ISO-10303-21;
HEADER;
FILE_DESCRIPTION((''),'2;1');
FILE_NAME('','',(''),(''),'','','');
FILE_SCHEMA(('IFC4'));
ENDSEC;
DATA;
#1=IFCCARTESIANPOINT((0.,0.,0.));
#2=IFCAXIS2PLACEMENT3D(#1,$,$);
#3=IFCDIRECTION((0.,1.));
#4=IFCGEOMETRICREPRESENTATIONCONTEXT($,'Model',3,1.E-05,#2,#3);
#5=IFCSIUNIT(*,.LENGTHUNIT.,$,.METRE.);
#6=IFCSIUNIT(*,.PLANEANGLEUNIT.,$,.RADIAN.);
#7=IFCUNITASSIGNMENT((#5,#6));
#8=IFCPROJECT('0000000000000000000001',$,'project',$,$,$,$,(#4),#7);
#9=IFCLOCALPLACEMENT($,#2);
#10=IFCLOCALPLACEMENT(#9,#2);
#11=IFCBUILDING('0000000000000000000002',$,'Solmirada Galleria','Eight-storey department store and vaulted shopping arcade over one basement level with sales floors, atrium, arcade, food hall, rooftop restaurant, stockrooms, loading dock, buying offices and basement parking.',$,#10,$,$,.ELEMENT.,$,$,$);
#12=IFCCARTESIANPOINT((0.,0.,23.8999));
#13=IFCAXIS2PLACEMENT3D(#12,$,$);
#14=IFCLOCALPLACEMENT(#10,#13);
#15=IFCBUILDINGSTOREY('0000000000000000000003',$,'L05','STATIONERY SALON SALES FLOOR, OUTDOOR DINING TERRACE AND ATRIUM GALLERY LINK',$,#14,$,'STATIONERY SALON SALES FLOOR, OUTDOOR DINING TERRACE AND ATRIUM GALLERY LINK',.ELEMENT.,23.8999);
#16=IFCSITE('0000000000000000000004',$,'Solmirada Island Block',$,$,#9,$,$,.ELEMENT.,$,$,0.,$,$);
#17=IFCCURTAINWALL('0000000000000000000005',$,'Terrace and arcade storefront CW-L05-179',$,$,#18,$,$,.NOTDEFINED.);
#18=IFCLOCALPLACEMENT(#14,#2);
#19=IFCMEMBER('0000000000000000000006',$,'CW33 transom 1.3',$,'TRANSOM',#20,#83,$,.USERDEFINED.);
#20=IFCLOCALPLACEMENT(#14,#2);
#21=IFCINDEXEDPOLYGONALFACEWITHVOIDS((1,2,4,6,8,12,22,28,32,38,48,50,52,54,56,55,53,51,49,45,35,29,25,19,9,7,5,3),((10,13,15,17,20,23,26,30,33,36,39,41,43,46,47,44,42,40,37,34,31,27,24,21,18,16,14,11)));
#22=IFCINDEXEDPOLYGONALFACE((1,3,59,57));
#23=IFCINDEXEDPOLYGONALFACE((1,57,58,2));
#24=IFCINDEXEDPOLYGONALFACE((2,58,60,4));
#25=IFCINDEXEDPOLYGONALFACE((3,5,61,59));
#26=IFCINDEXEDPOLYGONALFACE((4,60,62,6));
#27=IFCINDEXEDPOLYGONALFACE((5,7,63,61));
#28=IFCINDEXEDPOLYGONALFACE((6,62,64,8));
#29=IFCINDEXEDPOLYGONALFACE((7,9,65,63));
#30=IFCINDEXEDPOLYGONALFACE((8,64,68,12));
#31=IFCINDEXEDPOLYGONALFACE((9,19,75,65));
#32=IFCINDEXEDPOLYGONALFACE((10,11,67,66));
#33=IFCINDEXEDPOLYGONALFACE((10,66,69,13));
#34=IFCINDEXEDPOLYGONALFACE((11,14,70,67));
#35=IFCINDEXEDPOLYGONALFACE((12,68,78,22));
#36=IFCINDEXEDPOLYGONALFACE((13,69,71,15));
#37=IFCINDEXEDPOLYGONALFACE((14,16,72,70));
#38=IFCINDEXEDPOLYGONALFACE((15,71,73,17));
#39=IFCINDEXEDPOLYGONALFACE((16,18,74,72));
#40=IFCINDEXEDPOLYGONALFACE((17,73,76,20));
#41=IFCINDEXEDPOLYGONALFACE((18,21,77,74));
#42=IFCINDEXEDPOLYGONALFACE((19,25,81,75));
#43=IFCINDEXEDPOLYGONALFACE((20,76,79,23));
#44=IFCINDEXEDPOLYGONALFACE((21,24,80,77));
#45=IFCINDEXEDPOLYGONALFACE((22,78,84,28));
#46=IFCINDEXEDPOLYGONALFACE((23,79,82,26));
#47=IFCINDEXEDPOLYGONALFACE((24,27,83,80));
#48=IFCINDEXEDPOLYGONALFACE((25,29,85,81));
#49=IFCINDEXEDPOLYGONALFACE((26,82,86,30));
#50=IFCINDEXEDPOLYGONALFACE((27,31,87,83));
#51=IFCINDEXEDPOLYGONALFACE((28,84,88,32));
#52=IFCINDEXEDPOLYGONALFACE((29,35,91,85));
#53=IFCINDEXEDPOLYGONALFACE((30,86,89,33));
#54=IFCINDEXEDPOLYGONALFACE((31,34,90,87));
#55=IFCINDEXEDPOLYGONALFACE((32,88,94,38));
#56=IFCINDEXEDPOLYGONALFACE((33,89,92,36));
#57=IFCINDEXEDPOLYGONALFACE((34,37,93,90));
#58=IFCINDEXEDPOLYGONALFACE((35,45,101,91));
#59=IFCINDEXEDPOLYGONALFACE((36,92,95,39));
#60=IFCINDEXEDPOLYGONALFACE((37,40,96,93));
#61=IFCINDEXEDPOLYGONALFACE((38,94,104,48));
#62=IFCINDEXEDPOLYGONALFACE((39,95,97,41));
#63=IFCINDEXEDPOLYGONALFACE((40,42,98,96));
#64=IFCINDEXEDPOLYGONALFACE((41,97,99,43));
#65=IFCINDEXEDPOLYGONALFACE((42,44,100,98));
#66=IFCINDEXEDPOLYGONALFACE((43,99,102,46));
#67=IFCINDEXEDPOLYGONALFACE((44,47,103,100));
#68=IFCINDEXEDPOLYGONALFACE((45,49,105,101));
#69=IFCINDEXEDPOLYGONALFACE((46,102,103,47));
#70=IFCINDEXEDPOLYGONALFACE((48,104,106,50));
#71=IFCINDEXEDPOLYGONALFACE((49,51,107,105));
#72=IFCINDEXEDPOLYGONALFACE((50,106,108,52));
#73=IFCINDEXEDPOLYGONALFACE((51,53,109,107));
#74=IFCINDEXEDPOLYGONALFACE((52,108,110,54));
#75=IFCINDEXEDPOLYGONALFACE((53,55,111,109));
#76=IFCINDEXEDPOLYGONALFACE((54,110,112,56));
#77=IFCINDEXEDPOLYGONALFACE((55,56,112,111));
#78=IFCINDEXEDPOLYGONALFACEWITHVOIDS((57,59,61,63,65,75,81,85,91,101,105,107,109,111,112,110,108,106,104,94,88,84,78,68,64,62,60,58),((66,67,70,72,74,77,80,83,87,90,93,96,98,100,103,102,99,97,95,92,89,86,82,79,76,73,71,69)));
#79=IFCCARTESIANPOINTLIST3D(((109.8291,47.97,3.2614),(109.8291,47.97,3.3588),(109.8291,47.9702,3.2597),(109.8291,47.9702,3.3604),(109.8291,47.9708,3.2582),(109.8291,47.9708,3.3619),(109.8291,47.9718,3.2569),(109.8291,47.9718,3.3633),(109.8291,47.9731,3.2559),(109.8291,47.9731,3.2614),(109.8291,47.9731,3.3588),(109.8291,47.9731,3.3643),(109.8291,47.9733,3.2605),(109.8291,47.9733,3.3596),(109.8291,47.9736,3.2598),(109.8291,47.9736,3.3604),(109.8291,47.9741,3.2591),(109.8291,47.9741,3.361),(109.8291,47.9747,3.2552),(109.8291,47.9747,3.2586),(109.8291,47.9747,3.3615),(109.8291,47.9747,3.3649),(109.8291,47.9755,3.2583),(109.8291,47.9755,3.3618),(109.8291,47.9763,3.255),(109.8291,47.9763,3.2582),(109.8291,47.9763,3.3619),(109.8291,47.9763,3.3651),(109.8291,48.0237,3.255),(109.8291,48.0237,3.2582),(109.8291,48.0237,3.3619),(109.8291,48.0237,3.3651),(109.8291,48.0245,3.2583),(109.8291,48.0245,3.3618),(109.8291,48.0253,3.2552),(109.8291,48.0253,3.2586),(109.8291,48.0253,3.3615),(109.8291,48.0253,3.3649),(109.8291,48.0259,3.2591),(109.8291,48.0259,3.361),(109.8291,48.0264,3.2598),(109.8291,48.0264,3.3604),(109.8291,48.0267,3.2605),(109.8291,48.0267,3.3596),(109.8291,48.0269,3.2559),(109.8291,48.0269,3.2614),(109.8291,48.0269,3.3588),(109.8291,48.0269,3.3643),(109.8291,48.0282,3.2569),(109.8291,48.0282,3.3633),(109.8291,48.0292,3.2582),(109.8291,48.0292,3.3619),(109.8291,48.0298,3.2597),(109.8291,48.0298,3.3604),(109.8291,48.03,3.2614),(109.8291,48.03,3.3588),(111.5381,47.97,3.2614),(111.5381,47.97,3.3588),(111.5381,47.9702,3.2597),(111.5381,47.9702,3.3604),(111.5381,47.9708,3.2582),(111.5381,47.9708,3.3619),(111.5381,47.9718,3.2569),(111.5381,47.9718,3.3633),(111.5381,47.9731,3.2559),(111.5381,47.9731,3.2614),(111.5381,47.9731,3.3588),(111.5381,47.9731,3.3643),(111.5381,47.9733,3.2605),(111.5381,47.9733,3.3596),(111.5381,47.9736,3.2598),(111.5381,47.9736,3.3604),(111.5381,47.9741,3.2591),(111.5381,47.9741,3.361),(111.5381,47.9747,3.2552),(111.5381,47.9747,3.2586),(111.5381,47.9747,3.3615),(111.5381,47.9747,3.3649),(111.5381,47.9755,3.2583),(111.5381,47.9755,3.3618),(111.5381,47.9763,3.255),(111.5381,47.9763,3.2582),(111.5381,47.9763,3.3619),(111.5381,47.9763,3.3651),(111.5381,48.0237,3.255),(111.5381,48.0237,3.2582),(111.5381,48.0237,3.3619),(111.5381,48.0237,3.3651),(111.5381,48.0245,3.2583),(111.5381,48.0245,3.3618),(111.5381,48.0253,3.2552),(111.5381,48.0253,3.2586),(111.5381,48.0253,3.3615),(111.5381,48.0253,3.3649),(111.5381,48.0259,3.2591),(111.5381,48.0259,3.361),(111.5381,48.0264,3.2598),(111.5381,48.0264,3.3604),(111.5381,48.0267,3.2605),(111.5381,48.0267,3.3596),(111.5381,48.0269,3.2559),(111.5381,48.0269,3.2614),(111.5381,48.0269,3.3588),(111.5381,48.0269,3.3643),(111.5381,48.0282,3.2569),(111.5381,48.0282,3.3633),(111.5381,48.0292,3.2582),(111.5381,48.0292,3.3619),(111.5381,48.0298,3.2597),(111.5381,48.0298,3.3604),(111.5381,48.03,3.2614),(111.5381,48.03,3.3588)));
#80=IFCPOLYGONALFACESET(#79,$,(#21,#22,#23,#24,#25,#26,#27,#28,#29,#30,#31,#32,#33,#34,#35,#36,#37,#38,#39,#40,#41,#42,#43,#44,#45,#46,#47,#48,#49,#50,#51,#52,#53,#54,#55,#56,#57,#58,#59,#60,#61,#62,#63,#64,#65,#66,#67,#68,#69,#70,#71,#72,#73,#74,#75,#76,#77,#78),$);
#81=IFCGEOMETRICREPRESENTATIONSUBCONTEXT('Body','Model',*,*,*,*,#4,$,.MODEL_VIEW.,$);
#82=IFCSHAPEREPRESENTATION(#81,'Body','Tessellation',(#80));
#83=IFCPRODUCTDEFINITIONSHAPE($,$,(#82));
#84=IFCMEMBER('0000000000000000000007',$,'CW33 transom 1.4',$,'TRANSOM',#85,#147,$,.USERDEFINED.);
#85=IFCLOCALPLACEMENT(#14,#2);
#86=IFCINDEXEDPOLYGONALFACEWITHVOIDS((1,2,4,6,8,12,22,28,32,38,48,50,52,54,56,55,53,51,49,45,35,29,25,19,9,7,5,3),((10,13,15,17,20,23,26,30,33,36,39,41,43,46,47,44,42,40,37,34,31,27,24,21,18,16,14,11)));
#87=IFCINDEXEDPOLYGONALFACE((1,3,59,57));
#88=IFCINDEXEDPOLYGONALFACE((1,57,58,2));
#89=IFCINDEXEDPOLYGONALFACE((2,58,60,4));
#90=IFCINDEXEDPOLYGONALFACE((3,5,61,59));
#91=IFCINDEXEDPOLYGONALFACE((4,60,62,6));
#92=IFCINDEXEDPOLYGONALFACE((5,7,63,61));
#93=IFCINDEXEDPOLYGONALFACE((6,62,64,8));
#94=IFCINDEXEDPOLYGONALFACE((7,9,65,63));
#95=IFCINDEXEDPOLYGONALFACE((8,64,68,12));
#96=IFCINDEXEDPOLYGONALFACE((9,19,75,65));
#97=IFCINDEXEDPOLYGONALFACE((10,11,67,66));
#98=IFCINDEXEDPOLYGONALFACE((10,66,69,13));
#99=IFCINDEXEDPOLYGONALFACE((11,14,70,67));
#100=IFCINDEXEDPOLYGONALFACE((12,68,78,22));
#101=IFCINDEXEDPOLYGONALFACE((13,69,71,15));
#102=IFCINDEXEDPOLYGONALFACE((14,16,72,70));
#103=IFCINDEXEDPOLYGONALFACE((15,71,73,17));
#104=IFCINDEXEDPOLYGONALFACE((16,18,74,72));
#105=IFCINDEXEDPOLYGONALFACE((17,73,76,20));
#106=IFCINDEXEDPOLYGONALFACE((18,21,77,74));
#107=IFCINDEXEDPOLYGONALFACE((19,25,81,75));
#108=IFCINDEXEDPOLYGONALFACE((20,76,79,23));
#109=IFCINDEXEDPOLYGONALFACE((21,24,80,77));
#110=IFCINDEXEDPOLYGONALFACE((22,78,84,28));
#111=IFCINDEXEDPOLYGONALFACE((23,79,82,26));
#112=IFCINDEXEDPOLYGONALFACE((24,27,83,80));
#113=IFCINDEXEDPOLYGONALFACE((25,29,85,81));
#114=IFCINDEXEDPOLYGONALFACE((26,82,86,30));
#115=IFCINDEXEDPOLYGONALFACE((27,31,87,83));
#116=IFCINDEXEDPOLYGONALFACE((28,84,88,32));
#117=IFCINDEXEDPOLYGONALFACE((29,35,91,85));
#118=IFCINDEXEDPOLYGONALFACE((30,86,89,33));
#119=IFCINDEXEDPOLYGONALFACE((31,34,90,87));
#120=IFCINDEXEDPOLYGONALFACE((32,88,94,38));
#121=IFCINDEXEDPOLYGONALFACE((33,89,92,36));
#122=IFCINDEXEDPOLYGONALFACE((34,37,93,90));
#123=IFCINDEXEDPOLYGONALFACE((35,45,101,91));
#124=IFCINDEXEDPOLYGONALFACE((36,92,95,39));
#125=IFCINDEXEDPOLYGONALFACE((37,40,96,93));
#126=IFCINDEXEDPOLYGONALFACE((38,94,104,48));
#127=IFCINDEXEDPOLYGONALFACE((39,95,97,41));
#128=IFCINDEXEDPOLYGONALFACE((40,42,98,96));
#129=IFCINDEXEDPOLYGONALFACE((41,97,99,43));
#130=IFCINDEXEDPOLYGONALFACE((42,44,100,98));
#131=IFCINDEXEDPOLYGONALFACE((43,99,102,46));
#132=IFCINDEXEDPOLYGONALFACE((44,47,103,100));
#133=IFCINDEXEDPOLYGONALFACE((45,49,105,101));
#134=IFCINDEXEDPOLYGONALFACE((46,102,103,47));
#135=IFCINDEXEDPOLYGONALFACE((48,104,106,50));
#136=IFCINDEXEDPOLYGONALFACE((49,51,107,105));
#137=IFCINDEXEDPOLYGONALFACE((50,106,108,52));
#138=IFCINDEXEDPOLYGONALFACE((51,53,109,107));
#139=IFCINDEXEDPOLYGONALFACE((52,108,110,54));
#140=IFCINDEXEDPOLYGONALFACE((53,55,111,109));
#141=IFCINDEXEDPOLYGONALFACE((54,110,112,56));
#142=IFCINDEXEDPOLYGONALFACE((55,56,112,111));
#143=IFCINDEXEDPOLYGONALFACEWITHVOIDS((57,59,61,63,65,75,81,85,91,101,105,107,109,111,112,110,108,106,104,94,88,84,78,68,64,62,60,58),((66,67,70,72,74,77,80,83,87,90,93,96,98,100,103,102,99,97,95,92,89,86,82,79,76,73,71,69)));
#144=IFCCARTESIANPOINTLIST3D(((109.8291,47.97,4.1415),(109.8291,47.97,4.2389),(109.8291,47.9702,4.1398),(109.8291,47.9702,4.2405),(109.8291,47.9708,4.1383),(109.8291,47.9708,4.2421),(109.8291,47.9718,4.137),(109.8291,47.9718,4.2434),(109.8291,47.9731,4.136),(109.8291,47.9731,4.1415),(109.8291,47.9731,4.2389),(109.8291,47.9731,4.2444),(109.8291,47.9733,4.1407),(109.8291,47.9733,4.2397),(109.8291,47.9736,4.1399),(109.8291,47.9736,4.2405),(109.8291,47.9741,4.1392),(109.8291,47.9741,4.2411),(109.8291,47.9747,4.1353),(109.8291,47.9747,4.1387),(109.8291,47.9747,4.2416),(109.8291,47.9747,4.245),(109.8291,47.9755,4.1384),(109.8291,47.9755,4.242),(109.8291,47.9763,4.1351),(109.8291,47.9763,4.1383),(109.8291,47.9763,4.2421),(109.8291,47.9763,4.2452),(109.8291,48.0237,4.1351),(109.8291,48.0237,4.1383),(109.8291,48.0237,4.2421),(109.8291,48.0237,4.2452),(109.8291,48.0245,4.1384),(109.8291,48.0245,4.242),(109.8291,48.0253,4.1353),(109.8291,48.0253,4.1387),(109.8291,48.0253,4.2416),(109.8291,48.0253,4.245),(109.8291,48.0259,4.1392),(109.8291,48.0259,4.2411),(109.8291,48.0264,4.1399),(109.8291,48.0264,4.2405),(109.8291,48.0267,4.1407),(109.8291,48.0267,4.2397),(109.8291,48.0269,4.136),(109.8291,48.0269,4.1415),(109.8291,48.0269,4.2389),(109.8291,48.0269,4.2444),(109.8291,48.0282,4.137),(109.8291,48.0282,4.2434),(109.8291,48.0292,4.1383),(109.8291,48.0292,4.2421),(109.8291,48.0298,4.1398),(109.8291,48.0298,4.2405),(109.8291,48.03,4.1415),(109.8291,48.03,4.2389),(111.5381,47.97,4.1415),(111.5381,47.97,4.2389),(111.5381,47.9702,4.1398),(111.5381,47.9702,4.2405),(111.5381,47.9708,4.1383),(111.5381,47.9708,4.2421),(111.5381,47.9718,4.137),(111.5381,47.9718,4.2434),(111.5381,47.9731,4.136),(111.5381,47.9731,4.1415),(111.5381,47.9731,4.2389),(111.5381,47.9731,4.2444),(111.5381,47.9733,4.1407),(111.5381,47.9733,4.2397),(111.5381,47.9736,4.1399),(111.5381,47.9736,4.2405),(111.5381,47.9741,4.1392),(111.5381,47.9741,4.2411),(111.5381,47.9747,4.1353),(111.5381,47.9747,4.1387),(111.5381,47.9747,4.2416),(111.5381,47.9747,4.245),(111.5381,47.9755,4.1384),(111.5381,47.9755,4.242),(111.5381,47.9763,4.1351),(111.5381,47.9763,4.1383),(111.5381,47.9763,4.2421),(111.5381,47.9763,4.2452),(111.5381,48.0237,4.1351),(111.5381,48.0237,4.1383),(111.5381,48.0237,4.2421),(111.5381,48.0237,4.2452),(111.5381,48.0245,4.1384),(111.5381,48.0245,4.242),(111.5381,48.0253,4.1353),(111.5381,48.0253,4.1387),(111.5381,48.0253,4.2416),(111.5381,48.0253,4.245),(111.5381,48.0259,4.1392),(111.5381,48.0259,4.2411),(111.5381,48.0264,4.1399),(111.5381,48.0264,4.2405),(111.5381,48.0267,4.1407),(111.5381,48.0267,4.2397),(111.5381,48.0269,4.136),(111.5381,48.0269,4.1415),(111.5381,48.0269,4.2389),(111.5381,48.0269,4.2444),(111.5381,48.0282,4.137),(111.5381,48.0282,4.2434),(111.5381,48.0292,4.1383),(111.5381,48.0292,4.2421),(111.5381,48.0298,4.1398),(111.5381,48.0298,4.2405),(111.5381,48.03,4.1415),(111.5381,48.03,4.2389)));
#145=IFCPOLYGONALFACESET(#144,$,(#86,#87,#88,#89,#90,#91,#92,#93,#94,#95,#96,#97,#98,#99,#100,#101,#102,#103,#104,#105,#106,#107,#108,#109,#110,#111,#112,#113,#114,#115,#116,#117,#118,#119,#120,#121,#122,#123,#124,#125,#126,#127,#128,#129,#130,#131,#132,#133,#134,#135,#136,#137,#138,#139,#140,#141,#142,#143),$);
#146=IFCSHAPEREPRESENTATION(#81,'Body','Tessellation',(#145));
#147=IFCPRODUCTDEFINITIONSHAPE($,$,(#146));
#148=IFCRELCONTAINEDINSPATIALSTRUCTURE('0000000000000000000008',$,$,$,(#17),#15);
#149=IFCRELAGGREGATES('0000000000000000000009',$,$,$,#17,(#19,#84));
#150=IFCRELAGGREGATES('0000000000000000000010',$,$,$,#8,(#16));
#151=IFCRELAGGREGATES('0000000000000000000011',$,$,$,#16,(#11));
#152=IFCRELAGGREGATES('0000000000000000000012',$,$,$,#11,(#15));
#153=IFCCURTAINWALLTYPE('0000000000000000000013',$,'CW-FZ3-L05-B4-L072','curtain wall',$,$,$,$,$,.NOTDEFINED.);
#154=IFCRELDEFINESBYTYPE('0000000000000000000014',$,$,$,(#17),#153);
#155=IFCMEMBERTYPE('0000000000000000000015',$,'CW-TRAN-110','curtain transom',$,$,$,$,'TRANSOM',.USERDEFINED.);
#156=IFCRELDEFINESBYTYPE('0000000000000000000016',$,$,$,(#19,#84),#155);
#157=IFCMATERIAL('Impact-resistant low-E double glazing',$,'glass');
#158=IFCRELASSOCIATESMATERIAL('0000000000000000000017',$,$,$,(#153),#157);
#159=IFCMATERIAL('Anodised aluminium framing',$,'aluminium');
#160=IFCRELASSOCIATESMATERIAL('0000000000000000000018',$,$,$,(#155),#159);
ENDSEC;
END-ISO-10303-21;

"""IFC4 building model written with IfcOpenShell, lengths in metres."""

from ifc_helpers import new_model, si_unit, direction, frame, origin, origin_2d, place, context, subcontext, project, spatial, hollow_rectangle, extrude, material, material_profile, profile_set, type_object, element, aggregate, save


model = new_model("IFC4")

# Units and contexts
model_context = context("Model", 3, precision=1e-05, world=origin(), true_north=direction((0.0, 1.0)))
body_context = subcontext(model_context, "Body", "Model", "MODEL_VIEW")
ifc_project = project(units=[si_unit("LENGTHUNIT", "METRE"), si_unit("PLANEANGLEUNIT", "RADIAN")], contexts=[model_context])

# Site, building, storey
site_placement = place(None, origin())
site = spatial("IfcSite", under=ifc_project, at=site_placement, Name="Solmirada Island Block", CompositionType="ELEMENT", RefElevation=0.0)
building_placement = place(site_placement, origin())
building = spatial("IfcBuilding", under=site, at=building_placement, Name="Solmirada Galleria", Description="Eight-storey department store and vaulted shopping arcade over one basement level with sales floors, atrium, arcade, food hall, rooftop restaurant, stockrooms, loading dock, buying offices and basement parking.", CompositionType="ELEMENT")
storey_placement = place(building_placement, frame((0.0, 0.0, 23.8999)))
storey = spatial("IfcBuildingStorey", under=building, at=storey_placement, Name="L05", Description="STATIONERY SALON SALES FLOOR, OUTDOOR DINING TERRACE AND ATRIUM GALLERY LINK", LongName="STATIONERY SALON SALES FLOOR, OUTDOOR DINING TERRACE AND ATRIUM GALLERY LINK", CompositionType="ELEMENT", Elevation=23.8999)

# Shared definitions
ifc_material_1 = material(Name="Impact-resistant low-E double glazing", Category="glass")
curtain_wall_type = type_object("IfcCurtainWallType", Name="CW-FZ3-L05-B4-L072", Description="curtain wall", PredefinedType="NOTDEFINED", material=ifc_material_1)
ifc_material_2 = material(Name="Anodised aluminium framing", Category="aluminium")

# Curtain wall
curtain_wall_1_placement = place(storey_placement, origin())
curtain_wall_1 = element("IfcCurtainWall", 1, at=curtain_wall_1_placement, inside=storey, type_object=curtain_wall_type, Name="Terrace and arcade storefront CW-L05-179", PredefinedType="NOTDEFINED")

# Members
ifc_material_profile_1 = material_profile(ifc_material_2, hollow_rectangle(XDim=0.0601, YDim=0.1101, WallThickness=0.0032, InnerFilletRadius=0.0032, OuterFilletRadius=0.0063, at=origin_2d()), Name="ALU-TRAN-110X60")
ifc_profile_set_1 = profile_set([ifc_material_profile_1], Name="Anodised aluminium framing")
member_type_1 = type_object("IfcMemberType", Name="CW-TRAN-110", Description="curtain transom", ElementType="TRANSOM", PredefinedType="USERDEFINED", material=ifc_profile_set_1)
member_1_placement = place(storey_placement, frame((111.5381, 48.0, 3.3101), z_axis=(-1.0, 0.0, 0.0), x_axis=(0.0, -1.0, 0.0)))
member_1 = element("IfcMember", 2, at=member_1_placement, type_object=member_type_1, Name="CW33 transom 1.3", ObjectType="TRANSOM", PredefinedType="USERDEFINED", context=body_context, shape_type="SweptSolid", body=[
    extrude(hollow_rectangle(XDim=0.0601, YDim=0.1101, WallThickness=0.0032, InnerFilletRadius=0.0032, OuterFilletRadius=0.0063, at=origin_2d()), origin(), (0.0, 0.0, 1.0), 1.709),
])
member_2_placement = place(storey_placement, frame((111.5381, 48.0, 4.1902), z_axis=(-1.0, 0.0, 0.0), x_axis=(0.0, -1.0, 0.0)))
member_2 = element("IfcMember", 3, at=member_2_placement, type_object=member_type_1, Name="CW33 transom 1.4", ObjectType="TRANSOM", PredefinedType="USERDEFINED", context=body_context, shape_type="SweptSolid", body=[
    extrude(hollow_rectangle(XDim=0.0601, YDim=0.1101, WallThickness=0.0032, InnerFilletRadius=0.0032, OuterFilletRadius=0.0063, at=origin_2d()), origin(), (0.0, 0.0, 1.0), 1.709),
])

aggregate(curtain_wall_1, [member_1, member_2])

save(model, "model.ifc")
